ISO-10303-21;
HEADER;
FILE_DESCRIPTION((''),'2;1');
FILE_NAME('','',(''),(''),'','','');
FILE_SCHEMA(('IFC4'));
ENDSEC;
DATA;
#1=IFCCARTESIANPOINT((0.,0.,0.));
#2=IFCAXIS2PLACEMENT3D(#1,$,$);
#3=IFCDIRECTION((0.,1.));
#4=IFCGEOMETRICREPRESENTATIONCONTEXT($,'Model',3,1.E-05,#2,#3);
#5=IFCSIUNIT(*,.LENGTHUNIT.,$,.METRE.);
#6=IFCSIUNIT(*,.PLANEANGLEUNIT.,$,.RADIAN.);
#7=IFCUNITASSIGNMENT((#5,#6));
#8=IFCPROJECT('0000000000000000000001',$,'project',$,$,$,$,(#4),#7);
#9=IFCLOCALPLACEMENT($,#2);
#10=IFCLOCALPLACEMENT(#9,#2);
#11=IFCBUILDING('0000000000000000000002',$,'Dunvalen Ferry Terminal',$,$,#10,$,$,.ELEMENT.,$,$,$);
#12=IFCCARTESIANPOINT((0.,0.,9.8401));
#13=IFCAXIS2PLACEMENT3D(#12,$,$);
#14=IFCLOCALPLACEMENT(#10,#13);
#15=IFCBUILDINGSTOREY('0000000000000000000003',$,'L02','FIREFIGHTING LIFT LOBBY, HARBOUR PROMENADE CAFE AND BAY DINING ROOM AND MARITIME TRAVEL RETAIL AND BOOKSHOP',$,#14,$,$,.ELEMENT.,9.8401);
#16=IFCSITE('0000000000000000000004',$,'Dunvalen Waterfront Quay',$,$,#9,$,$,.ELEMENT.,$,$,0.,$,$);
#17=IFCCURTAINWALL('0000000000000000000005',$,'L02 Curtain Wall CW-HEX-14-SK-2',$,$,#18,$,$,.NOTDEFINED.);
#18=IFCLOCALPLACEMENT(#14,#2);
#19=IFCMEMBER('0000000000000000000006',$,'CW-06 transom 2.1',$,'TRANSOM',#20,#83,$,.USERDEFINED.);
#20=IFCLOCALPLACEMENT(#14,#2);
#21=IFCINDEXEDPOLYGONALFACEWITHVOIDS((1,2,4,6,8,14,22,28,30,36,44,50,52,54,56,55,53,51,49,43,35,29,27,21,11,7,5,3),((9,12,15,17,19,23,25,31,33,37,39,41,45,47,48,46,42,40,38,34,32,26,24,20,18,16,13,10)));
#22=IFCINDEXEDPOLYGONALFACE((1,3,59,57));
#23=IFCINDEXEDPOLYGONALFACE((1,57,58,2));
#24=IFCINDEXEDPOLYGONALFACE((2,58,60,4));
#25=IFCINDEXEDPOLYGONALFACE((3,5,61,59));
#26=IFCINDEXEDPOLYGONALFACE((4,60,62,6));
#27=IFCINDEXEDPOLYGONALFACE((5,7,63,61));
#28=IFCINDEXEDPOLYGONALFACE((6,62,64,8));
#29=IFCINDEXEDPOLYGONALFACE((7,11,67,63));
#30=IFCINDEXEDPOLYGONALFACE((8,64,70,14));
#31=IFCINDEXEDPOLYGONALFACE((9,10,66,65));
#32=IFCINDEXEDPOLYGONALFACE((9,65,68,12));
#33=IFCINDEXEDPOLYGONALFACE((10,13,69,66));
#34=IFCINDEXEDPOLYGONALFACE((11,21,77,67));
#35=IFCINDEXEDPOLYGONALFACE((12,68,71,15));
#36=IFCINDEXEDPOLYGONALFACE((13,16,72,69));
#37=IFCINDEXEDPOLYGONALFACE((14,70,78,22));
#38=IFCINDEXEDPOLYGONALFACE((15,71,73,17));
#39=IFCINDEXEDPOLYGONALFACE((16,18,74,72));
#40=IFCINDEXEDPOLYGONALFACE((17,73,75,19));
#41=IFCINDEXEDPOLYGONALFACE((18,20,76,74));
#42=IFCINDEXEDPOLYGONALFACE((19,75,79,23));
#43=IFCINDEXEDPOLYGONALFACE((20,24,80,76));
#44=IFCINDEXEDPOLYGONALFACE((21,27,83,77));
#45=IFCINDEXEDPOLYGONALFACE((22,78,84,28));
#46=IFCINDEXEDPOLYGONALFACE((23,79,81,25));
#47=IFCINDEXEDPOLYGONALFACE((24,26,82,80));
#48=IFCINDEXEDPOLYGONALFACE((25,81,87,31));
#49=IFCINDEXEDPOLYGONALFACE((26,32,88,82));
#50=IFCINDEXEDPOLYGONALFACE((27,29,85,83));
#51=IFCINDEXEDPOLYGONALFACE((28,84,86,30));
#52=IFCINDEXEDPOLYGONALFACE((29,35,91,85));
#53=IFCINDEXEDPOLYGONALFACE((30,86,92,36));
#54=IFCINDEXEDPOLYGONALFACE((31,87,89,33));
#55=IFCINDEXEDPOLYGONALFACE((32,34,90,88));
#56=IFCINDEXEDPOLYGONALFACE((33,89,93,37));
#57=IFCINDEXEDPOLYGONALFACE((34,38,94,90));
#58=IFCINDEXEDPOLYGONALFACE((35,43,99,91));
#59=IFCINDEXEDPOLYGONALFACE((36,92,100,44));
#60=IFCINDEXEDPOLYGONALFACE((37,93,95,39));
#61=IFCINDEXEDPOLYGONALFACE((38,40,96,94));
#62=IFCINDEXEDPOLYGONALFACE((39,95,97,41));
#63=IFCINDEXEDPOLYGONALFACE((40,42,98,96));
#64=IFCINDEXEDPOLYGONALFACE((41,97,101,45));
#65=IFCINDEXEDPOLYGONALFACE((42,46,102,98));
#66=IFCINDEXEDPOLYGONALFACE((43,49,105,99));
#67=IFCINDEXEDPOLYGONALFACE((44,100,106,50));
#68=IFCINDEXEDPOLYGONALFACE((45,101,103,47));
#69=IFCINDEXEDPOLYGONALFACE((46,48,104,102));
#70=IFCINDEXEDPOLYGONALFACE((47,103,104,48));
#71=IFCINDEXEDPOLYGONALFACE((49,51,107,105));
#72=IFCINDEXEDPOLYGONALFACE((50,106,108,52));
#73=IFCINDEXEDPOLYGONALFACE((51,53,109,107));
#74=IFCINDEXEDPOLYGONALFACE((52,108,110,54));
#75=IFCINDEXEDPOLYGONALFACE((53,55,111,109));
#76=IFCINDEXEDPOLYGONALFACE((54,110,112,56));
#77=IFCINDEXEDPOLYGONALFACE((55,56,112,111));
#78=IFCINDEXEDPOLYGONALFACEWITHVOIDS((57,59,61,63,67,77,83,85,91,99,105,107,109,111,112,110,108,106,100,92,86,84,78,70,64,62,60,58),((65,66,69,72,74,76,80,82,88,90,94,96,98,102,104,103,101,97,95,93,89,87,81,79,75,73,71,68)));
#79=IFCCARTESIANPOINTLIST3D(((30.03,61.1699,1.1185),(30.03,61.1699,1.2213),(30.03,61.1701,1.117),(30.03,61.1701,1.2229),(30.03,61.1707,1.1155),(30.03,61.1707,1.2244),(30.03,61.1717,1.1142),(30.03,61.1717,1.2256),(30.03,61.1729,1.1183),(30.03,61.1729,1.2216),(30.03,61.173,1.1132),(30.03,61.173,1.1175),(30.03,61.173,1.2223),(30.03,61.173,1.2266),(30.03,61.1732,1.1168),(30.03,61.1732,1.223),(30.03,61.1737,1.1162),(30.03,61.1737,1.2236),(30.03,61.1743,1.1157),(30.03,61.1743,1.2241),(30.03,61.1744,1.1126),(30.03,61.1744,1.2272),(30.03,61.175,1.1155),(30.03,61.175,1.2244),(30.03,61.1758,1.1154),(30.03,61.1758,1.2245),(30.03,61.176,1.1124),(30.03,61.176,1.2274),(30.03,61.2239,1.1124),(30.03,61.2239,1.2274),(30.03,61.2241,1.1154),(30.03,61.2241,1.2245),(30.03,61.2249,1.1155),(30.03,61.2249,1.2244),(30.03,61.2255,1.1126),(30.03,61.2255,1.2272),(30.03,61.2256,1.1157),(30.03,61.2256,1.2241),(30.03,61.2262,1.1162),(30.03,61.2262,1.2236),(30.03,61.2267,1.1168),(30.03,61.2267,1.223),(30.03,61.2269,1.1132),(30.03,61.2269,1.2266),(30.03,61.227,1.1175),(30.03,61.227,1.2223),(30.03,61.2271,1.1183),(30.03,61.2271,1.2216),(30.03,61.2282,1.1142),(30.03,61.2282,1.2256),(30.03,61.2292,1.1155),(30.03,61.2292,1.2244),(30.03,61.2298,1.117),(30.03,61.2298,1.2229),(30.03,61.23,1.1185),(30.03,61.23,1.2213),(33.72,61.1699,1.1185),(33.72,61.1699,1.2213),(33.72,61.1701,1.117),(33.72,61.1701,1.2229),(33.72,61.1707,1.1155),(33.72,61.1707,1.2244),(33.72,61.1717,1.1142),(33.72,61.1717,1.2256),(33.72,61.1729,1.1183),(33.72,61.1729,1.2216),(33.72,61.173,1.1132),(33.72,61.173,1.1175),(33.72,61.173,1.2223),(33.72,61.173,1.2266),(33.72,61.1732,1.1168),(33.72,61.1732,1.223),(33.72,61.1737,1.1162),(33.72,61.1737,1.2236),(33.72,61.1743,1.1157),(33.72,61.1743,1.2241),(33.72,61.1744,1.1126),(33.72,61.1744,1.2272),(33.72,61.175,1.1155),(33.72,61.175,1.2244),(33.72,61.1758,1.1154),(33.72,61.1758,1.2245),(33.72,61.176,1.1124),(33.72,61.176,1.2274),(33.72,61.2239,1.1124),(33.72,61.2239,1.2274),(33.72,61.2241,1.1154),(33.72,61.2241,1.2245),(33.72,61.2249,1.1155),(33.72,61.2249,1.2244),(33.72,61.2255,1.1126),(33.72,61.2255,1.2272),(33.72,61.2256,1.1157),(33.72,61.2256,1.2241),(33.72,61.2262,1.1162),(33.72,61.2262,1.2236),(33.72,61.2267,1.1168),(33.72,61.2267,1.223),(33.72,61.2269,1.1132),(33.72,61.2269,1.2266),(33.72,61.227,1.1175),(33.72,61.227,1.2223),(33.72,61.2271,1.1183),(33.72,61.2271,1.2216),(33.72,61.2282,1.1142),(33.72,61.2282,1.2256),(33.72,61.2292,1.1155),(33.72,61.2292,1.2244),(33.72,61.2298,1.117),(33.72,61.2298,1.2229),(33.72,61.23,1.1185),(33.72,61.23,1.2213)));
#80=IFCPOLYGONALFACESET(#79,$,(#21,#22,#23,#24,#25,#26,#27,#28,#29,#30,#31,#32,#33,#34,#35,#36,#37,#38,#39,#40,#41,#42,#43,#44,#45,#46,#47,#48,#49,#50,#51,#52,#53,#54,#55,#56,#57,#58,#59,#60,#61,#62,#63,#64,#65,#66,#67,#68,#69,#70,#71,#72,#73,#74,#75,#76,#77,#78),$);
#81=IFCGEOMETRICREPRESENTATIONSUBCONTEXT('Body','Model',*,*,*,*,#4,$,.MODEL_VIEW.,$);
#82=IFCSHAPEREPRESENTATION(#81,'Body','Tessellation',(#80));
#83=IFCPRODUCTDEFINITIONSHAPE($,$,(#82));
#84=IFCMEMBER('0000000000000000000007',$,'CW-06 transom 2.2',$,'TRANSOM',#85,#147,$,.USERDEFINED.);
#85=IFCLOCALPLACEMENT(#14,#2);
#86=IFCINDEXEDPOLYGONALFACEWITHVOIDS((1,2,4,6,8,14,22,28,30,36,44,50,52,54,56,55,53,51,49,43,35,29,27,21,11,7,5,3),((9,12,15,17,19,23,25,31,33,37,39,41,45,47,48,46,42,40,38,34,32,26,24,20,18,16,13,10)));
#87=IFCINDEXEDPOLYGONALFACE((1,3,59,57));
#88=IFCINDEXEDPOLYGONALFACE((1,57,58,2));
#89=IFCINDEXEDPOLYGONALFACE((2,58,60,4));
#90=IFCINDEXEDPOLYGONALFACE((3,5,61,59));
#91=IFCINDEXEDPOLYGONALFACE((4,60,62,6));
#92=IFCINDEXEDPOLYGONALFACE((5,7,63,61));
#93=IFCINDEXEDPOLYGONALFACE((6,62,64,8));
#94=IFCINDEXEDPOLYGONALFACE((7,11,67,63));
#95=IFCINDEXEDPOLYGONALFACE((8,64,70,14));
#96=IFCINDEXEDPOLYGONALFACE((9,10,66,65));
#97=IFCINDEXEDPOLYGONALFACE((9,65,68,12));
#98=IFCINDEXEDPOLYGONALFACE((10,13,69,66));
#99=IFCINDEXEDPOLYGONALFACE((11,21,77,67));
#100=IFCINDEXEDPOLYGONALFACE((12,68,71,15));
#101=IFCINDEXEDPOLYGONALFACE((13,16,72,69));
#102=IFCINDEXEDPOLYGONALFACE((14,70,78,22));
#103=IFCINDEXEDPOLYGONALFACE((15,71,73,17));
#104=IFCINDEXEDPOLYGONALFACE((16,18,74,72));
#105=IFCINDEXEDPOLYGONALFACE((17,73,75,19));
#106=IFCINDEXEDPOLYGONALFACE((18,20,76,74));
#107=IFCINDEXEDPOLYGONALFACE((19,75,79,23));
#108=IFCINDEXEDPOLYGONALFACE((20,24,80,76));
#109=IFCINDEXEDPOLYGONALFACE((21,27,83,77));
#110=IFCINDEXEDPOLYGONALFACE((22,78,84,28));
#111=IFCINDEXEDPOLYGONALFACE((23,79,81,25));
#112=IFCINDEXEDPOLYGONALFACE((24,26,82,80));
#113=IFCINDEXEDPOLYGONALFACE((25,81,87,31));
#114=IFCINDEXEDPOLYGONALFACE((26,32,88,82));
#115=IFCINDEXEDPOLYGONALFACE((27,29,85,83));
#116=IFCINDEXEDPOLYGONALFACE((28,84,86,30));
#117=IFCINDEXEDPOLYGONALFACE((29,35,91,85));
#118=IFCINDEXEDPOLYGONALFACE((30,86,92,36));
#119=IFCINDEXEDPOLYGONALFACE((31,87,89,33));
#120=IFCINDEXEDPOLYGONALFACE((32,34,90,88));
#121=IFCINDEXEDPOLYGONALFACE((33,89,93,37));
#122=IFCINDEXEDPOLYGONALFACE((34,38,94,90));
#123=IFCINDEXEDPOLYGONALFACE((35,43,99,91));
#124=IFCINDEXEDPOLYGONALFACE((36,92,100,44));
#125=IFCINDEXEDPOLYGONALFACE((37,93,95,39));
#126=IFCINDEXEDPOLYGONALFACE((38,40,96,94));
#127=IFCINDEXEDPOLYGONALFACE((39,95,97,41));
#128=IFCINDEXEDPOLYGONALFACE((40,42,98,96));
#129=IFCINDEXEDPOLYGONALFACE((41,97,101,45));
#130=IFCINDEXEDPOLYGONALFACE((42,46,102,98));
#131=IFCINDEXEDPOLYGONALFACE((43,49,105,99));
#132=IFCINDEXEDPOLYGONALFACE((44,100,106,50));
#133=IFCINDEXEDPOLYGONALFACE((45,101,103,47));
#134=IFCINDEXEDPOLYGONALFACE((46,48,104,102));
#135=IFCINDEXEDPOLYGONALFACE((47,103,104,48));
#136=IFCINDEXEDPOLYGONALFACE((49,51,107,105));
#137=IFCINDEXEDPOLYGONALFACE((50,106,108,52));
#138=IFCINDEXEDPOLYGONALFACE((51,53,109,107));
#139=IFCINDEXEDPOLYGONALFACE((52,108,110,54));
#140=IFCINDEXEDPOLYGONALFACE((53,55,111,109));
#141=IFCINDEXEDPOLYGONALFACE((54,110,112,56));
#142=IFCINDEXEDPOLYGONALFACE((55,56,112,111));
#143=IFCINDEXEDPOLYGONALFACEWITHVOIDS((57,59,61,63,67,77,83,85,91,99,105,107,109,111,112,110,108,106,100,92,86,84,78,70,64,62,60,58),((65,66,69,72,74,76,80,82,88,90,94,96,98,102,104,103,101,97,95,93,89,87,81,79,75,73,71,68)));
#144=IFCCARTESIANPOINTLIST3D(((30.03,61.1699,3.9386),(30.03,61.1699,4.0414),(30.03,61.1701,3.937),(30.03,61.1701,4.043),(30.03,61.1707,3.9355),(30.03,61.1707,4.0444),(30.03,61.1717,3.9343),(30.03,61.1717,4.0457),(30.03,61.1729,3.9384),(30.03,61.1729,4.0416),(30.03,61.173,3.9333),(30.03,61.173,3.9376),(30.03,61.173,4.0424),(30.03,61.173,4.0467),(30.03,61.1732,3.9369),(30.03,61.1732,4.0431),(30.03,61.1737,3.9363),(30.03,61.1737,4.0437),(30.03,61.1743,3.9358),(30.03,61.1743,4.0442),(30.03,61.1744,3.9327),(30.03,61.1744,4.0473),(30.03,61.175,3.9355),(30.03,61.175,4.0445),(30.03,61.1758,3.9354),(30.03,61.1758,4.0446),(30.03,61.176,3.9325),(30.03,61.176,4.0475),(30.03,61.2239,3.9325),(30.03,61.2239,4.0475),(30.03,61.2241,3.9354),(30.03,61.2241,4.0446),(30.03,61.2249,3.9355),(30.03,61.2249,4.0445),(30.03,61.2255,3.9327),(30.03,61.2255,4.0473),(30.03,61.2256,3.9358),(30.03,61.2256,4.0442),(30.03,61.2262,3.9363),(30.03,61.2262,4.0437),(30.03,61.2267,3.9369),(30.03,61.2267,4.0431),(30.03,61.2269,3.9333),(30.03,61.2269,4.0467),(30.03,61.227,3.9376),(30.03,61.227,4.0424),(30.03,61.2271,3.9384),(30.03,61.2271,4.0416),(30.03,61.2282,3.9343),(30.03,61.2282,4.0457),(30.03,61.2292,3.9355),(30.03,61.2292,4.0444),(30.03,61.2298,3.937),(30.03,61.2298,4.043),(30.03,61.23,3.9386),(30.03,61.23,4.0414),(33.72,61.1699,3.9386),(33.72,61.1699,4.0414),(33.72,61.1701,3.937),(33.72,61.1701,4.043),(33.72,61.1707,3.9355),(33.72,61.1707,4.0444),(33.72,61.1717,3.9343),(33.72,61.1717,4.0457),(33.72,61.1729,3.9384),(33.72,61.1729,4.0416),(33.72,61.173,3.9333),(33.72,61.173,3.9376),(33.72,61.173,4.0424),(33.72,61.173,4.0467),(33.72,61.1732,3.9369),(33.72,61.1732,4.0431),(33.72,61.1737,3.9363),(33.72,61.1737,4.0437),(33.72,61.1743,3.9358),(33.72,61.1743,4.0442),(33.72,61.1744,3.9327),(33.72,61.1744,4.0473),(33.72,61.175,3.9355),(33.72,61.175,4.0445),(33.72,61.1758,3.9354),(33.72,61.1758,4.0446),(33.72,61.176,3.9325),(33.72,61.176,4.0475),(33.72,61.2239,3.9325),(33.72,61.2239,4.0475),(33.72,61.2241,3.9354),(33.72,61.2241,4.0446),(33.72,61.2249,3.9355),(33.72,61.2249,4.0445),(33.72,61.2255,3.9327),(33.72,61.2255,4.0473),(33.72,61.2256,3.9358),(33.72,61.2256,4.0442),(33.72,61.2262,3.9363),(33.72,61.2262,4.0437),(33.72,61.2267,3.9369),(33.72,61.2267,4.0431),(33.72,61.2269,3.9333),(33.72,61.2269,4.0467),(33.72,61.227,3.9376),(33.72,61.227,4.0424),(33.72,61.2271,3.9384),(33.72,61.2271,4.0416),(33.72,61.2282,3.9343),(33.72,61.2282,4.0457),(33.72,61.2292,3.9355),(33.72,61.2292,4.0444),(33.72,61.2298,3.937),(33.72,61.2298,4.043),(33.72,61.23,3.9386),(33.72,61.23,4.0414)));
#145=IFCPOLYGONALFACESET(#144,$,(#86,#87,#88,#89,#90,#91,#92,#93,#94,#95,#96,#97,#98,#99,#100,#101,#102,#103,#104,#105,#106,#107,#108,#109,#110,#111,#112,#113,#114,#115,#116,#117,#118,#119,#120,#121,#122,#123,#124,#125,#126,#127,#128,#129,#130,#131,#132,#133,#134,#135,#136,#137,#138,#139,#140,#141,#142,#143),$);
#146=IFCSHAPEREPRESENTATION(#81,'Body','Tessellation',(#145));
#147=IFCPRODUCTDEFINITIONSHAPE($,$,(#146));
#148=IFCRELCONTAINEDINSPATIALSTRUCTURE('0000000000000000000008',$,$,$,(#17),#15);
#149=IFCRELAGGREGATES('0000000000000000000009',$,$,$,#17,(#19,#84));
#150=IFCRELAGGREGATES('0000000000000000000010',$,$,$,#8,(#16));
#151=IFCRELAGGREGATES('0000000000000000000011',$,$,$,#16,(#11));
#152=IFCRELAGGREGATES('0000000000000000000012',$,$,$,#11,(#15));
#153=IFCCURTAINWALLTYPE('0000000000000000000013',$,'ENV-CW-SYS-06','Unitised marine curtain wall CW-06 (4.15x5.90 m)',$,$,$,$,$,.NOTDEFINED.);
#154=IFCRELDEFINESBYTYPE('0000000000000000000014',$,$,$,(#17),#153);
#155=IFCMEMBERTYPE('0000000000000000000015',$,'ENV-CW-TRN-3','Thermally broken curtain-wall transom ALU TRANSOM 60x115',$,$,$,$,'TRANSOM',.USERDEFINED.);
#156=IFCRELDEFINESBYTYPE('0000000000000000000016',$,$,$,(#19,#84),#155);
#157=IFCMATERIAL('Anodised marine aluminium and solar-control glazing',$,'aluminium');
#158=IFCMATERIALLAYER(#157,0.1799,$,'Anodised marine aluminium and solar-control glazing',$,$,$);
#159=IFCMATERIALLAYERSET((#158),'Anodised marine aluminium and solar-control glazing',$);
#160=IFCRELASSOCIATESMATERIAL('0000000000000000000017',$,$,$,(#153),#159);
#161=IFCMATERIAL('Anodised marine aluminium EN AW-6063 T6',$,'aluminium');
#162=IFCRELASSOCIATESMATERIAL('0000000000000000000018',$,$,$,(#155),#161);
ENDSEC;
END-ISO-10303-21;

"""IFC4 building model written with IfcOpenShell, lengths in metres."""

from ifc_helpers import new_model, si_unit, direction, frame, origin, origin_2d, place, context, subcontext, project, spatial, hollow_rectangle, extrude, material, layer, layer_set, material_profile, profile_set, type_object, element, aggregate, save


model = new_model("IFC4")

# Units and contexts
model_context = context("Model", 3, precision=1e-05, world=origin(), true_north=direction((0.0, 1.0)))
body_context = subcontext(model_context, "Body", "Model", "MODEL_VIEW")
ifc_project = project(units=[si_unit("LENGTHUNIT", "METRE"), si_unit("PLANEANGLEUNIT", "RADIAN")], contexts=[model_context])

# Site, building, storey
site_placement = place(None, origin())
site = spatial("IfcSite", under=ifc_project, at=site_placement, Name="Dunvalen Waterfront Quay", CompositionType="ELEMENT", RefElevation=0.0)
building_placement = place(site_placement, origin())
building = spatial("IfcBuilding", under=site, at=building_placement, Name="Dunvalen Ferry Terminal", CompositionType="ELEMENT")
storey_placement = place(building_placement, frame((0.0, 0.0, 9.8401)))
storey = spatial("IfcBuildingStorey", under=building, at=storey_placement, Name="L02", Description="FIREFIGHTING LIFT LOBBY, HARBOUR PROMENADE CAFE AND BAY DINING ROOM AND MARITIME TRAVEL RETAIL AND BOOKSHOP", CompositionType="ELEMENT", Elevation=9.8401)

# Curtain wall, members
ifc_material_1 = material(Name="Anodised marine aluminium and solar-control glazing", Category="aluminium")
ifc_layer_1 = layer(ifc_material_1, 0.1799, Name="Anodised marine aluminium and solar-control glazing")
ifc_layer_set_1 = layer_set([ifc_layer_1], Name="Anodised marine aluminium and solar-control glazing")
curtain_wall_type = type_object("IfcCurtainWallType", Name="ENV-CW-SYS-06", Description="Unitised marine curtain wall CW-06 (4.15x5.90 m)", PredefinedType="NOTDEFINED", material=ifc_layer_set_1)
curtain_wall_placement = place(storey_placement, origin())
curtain_wall = element("IfcCurtainWall", 1, at=curtain_wall_placement, inside=storey, type_object=curtain_wall_type, Name="L02 Curtain Wall CW-HEX-14-SK-2", PredefinedType="NOTDEFINED")
ifc_material_2 = material(Name="Anodised marine aluminium EN AW-6063 T6", Category="aluminium")
ifc_material_profile_1 = material_profile(ifc_material_2, hollow_rectangle(XDim=0.0601, YDim=0.115, WallThickness=0.0029, InnerFilletRadius=0.0029, OuterFilletRadius=0.0061, at=origin_2d()), Name="Anodised marine aluminium EN AW-6063 T6")
ifc_profile_set_1 = profile_set([ifc_material_profile_1], Name="Anodised marine aluminium EN AW-6063 T6")
member_type_1 = type_object("IfcMemberType", Name="ENV-CW-TRN-3", Description="Thermally broken curtain-wall transom ALU TRANSOM 60x115", ElementType="TRANSOM", PredefinedType="USERDEFINED", material=ifc_profile_set_1)
member_1_placement = place(storey_placement, frame((30.03, 61.2, 1.1699), z_axis=(1.0, 0.0, 0.0), x_axis=(0.0, 1.0, 0.0)))
member_1 = element("IfcMember", 2, at=member_1_placement, type_object=member_type_1, Name="CW-06 transom 2.1", ObjectType="TRANSOM", PredefinedType="USERDEFINED", context=body_context, shape_type="SweptSolid", body=[
    extrude(hollow_rectangle(XDim=0.0601, YDim=0.115, WallThickness=0.0029, InnerFilletRadius=0.0029, OuterFilletRadius=0.0061, at=origin_2d()), origin(), (0.0, 0.0, 1.0), 3.6899),
])
member_2_placement = place(storey_placement, frame((30.03, 61.2, 3.99), z_axis=(1.0, 0.0, 0.0), x_axis=(0.0, 1.0, 0.0)))
member_2 = element("IfcMember", 3, at=member_2_placement, type_object=member_type_1, Name="CW-06 transom 2.2", ObjectType="TRANSOM", PredefinedType="USERDEFINED", context=body_context, shape_type="SweptSolid", body=[
    extrude(hollow_rectangle(XDim=0.0601, YDim=0.115, WallThickness=0.0029, InnerFilletRadius=0.0029, OuterFilletRadius=0.0061, at=origin_2d()), origin(), (0.0, 0.0, 1.0), 3.6899),
])

aggregate(curtain_wall, [member_1, member_2])

save(model, "model.ifc")
